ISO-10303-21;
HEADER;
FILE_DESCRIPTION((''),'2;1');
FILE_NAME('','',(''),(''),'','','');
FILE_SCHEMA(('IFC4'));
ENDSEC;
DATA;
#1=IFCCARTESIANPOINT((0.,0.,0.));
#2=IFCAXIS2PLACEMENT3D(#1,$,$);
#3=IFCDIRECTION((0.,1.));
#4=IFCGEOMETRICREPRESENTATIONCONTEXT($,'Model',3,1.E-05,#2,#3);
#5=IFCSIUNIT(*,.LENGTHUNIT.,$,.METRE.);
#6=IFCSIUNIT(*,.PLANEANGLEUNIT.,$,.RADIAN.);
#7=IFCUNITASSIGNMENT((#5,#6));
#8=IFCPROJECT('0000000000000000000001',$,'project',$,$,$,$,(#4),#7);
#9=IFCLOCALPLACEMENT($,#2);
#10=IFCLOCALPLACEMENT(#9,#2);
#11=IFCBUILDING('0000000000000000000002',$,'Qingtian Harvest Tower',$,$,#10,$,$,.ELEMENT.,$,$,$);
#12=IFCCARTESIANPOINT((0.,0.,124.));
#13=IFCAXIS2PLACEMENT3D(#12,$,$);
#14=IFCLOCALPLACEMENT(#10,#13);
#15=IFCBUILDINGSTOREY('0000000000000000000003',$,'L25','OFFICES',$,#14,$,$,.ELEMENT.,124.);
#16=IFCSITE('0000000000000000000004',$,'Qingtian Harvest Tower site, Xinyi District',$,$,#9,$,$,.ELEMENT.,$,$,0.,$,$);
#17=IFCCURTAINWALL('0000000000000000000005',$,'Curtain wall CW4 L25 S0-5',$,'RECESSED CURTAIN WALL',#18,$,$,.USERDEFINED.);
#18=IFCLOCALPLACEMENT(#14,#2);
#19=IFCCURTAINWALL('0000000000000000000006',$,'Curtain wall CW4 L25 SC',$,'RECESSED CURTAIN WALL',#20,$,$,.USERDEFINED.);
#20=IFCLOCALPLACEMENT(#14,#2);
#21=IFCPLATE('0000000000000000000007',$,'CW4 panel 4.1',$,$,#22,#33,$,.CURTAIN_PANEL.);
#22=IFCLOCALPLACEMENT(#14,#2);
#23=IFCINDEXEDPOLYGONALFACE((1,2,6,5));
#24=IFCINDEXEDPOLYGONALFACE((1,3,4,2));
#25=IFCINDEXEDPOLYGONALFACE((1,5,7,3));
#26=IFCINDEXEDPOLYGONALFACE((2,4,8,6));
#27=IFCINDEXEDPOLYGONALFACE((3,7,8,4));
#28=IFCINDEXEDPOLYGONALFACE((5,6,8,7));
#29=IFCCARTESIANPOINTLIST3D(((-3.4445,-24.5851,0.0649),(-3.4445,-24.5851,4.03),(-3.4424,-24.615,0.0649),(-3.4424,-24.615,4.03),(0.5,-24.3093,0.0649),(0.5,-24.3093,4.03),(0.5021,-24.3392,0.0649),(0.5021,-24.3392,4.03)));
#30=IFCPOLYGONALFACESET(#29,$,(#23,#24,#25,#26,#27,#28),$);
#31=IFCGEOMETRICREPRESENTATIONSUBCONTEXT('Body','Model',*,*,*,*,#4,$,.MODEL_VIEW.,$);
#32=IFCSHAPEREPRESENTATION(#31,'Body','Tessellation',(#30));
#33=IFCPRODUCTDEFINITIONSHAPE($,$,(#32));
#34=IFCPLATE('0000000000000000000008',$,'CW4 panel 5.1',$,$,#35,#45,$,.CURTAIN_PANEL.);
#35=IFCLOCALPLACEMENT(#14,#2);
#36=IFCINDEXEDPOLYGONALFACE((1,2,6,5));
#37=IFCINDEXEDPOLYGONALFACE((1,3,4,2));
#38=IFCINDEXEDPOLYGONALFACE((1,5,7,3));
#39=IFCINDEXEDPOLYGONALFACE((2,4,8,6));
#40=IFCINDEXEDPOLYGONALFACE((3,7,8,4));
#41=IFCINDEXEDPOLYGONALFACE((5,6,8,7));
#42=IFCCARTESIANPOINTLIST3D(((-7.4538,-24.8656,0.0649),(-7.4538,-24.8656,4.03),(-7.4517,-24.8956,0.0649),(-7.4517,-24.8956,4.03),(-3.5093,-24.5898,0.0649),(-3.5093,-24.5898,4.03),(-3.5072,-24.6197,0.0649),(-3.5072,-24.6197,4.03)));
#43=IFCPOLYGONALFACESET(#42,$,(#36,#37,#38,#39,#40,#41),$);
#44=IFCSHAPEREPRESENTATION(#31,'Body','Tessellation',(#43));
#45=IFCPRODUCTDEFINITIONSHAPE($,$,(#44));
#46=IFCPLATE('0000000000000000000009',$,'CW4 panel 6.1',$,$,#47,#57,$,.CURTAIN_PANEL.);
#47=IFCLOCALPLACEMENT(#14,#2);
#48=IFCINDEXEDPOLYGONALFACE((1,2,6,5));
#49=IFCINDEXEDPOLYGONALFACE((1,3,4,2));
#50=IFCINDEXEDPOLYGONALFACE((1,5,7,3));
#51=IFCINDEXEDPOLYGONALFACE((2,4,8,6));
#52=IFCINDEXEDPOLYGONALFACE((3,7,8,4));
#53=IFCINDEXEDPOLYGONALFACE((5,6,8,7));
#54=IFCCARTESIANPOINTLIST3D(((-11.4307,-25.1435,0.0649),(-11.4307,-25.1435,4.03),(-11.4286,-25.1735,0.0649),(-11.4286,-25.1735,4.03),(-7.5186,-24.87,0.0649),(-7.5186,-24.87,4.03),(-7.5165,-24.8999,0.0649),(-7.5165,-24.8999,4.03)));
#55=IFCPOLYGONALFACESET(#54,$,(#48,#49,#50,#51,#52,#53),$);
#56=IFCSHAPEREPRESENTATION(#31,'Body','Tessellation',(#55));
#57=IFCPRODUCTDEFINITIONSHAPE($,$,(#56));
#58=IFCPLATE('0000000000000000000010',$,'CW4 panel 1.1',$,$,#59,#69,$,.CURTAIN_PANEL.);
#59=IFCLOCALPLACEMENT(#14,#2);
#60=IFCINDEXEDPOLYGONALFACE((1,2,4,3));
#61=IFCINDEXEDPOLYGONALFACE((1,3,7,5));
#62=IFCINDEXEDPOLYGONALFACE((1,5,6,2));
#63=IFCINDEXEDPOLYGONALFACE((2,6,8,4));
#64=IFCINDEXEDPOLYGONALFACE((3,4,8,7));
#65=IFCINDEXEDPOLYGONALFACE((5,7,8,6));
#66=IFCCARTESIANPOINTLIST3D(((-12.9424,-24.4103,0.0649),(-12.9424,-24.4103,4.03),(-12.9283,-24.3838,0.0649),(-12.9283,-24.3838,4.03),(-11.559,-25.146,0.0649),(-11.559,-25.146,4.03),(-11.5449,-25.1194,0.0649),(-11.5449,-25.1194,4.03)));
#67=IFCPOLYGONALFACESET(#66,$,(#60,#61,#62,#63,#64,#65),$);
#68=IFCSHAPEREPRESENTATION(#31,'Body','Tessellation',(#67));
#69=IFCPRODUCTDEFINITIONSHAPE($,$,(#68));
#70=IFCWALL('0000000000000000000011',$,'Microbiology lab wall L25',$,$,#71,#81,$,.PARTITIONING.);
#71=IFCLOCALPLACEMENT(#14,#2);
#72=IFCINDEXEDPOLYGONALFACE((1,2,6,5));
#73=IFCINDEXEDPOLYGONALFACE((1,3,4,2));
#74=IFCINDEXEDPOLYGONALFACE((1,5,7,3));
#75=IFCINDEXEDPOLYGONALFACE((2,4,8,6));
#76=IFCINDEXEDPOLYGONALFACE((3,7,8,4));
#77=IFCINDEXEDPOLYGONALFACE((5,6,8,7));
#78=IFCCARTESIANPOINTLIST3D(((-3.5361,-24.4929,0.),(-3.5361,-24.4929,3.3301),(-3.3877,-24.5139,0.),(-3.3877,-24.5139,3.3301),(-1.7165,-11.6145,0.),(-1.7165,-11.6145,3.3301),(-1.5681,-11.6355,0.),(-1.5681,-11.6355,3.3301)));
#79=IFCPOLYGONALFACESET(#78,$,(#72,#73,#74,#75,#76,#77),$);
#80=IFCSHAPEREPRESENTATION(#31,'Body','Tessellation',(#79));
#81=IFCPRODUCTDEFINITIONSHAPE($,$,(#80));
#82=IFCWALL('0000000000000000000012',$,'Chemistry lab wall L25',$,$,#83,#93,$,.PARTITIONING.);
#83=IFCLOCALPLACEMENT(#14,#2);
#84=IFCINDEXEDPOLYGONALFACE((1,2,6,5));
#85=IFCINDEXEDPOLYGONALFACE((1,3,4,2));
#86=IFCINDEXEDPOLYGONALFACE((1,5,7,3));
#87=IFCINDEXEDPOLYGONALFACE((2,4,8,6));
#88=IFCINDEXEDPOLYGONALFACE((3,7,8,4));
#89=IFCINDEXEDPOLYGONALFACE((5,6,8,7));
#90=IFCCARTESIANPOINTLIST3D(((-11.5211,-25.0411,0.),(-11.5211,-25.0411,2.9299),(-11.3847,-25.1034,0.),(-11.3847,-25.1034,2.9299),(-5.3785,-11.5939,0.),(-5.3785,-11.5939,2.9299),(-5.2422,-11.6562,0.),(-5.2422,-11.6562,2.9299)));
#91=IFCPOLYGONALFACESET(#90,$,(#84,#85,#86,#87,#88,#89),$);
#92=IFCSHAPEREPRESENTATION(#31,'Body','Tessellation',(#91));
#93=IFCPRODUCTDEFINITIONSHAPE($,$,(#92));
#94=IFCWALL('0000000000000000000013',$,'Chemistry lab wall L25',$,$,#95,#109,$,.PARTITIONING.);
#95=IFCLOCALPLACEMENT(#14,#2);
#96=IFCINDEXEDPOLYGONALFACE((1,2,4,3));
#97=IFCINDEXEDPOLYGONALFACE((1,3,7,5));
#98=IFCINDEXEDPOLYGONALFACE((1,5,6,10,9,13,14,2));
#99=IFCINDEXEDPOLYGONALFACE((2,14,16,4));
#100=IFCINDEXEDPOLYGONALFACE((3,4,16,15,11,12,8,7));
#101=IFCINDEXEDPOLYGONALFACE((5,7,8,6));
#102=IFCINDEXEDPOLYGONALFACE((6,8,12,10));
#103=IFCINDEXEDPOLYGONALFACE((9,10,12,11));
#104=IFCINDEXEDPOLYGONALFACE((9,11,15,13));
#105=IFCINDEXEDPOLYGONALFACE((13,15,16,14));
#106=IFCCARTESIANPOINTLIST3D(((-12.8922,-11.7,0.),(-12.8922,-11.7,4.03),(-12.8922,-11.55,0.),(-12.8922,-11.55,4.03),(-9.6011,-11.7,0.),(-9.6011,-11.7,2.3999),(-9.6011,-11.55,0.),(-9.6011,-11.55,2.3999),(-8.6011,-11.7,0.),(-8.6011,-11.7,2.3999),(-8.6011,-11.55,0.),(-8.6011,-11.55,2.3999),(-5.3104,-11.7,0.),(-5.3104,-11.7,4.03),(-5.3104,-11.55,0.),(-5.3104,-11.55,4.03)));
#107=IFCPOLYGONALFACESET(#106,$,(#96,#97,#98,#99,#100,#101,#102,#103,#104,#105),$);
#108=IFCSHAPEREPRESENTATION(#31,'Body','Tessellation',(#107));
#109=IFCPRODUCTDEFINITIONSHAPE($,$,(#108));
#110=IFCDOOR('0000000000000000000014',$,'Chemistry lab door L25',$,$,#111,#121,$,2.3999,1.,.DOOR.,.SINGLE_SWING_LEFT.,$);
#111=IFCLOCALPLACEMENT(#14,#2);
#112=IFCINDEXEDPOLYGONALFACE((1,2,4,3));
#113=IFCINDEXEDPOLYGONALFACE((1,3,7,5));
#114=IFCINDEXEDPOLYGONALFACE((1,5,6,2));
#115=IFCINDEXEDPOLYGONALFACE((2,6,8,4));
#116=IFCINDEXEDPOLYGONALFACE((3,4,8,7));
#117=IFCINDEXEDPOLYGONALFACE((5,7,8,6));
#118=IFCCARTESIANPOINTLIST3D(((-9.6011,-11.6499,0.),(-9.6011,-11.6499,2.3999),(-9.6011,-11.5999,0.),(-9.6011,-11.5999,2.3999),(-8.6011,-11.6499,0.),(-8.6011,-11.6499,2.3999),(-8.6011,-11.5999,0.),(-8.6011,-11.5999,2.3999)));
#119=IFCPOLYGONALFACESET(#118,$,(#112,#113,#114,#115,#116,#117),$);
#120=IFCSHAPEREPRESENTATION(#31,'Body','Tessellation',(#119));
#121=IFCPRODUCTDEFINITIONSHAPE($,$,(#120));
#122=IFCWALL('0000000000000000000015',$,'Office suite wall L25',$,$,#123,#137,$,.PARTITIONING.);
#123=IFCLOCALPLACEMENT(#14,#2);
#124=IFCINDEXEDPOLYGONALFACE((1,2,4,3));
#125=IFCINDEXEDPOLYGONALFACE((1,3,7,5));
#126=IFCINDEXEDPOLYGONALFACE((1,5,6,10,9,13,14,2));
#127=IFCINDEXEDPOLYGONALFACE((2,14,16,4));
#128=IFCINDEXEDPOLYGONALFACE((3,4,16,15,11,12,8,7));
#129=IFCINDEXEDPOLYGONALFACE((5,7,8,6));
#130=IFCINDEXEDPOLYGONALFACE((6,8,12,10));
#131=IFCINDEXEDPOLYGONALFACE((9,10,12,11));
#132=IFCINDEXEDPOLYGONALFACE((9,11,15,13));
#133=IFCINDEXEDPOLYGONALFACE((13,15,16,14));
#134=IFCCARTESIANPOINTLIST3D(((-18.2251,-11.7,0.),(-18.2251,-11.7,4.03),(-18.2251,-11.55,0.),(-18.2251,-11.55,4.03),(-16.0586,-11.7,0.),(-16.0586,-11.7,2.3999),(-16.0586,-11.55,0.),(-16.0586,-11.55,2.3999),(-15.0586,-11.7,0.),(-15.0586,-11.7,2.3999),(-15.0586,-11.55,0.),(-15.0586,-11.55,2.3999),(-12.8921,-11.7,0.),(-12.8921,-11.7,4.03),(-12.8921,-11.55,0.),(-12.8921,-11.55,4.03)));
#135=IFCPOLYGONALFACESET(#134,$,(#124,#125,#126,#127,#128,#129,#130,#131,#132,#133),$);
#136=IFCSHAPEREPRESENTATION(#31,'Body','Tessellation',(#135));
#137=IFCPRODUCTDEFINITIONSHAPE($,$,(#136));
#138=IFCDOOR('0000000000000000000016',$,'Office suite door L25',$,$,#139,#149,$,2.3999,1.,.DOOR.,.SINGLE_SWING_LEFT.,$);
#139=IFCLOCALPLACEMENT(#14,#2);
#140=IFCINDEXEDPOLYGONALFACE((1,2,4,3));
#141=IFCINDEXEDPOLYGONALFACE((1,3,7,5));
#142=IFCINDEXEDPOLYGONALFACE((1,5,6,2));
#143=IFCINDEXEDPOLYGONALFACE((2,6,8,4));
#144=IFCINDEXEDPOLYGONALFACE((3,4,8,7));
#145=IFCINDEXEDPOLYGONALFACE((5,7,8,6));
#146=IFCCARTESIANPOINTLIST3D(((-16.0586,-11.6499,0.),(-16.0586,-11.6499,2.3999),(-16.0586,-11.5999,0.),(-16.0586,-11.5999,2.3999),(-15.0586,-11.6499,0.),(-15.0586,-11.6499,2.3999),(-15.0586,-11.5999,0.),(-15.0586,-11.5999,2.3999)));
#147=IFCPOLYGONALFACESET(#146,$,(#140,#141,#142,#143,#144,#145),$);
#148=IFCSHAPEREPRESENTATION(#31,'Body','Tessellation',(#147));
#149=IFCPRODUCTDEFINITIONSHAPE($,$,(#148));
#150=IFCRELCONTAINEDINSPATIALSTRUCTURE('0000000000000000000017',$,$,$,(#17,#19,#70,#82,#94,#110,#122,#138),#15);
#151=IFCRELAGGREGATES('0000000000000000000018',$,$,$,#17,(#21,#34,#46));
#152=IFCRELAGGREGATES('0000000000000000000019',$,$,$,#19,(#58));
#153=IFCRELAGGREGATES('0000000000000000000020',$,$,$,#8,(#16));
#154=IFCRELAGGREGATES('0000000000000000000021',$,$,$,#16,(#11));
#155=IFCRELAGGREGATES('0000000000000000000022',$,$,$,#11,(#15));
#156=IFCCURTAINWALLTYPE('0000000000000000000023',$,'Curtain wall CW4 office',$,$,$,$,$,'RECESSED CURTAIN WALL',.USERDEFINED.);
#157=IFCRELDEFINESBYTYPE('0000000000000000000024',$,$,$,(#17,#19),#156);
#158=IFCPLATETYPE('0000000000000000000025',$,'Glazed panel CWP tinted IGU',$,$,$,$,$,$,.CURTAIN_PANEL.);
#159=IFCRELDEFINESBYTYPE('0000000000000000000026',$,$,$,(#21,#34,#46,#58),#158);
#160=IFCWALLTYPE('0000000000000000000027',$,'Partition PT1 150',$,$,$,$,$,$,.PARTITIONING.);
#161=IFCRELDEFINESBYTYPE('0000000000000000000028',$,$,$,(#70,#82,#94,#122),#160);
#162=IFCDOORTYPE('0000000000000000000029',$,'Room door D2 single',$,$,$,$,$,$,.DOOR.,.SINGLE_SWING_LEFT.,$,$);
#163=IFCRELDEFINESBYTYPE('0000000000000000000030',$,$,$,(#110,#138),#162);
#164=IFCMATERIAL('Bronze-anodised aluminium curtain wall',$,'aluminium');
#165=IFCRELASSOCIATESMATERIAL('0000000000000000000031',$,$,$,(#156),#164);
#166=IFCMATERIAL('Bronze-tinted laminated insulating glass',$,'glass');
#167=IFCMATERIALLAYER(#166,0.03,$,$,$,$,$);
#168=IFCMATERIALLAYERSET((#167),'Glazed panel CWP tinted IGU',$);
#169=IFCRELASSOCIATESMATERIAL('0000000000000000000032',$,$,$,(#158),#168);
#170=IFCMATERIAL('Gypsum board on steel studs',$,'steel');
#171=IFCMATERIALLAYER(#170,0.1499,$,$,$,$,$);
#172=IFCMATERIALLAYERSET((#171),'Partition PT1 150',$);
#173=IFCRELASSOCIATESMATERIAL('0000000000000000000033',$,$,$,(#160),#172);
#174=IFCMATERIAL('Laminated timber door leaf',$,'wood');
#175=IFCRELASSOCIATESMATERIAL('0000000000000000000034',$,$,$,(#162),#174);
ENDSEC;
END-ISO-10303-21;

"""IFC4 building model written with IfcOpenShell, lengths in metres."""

from ifc_helpers import new_model, si_unit, direction, frame, frame_2d, origin, origin_2d, place, context, subcontext, project, spatial, rectangle, extrude, material, layer, layer_set, type_object, element, fill, aggregate, save


model = new_model("IFC4")

# Units and contexts
model_context = context("Model", 3, precision=1e-05, world=origin(), true_north=direction((0.0, 1.0)))
body_context = subcontext(model_context, "Body", "Model", "MODEL_VIEW")
ifc_project = project(units=[si_unit("LENGTHUNIT", "METRE"), si_unit("PLANEANGLEUNIT", "RADIAN")], contexts=[model_context])

# Site, building, storey
site_placement = place(None, origin())
site = spatial("IfcSite", under=ifc_project, at=site_placement, Name="Qingtian Harvest Tower site, Xinyi District", CompositionType="ELEMENT", RefElevation=0.0)
building_placement = place(site_placement, origin())
building = spatial("IfcBuilding", under=site, at=building_placement, Name="Qingtian Harvest Tower", CompositionType="ELEMENT")
storey_placement = place(building_placement, frame((0.0, 0.0, 124.0)))
storey = spatial("IfcBuildingStorey", under=building, at=storey_placement, Name="L25", Description="OFFICES", CompositionType="ELEMENT", Elevation=124.0)

# Curtain walls
ifc_material_1 = material(Name="Bronze-anodised aluminium curtain wall", Category="aluminium")
curtain_wall_type = type_object("IfcCurtainWallType", Name="Curtain wall CW4 office", ElementType="RECESSED CURTAIN WALL", PredefinedType="USERDEFINED", material=ifc_material_1)
curtain_wall_1_placement = place(storey_placement, origin())
curtain_wall_1 = element("IfcCurtainWall", 1, at=curtain_wall_1_placement, inside=storey, type_object=curtain_wall_type, Name="Curtain wall CW4 L25 S0-5", ObjectType="RECESSED CURTAIN WALL", PredefinedType="USERDEFINED")
curtain_wall_2_placement = place(storey_placement, origin())
curtain_wall_2 = element("IfcCurtainWall", 2, at=curtain_wall_2_placement, inside=storey, type_object=curtain_wall_type, Name="Curtain wall CW4 L25 SC", ObjectType="RECESSED CURTAIN WALL", PredefinedType="USERDEFINED")

# Plates
ifc_material_2 = material(Name="Bronze-tinted laminated insulating glass", Category="glass")
ifc_layer_1 = layer(ifc_material_2, 0.03)
ifc_layer_set_1 = layer_set([ifc_layer_1], Name="Glazed panel CWP tinted IGU")
plate_type = type_object("IfcPlateType", Name="Glazed panel CWP tinted IGU", PredefinedType="CURTAIN_PANEL", material=ifc_layer_set_1)
plate_1_placement = place(storey_placement, frame((-1.4712, -24.4622, 0.0649), z_axis=(0.0, 0.0, 1.0), x_axis=(-0.997564, -0.069756, 0.0)))
plate_1 = element("IfcPlate", 3, at=plate_1_placement, type_object=plate_type, Name="CW4 panel 4.1", PredefinedType="CURTAIN_PANEL", context=body_context, shape_type="SweptSolid", body=[
    extrude(rectangle(XDim=3.9541, YDim=0.03, at=origin_2d()), origin(), (0.0, 0.0, 1.0), 3.9651),
])
plate_2_placement = place(storey_placement, frame((-5.4805, -24.7427, 0.0649), z_axis=(0.0, 0.0, 1.0), x_axis=(-0.997564, -0.069756, 0.0)))
plate_2 = element("IfcPlate", 4, at=plate_2_placement, type_object=plate_type, Name="CW4 panel 5.1", PredefinedType="CURTAIN_PANEL", context=body_context, shape_type="SweptSolid", body=[
    extrude(rectangle(XDim=3.9541, YDim=0.03, at=origin_2d()), origin(), (0.0, 0.0, 1.0), 3.9651),
])
plate_3_placement = place(storey_placement, frame((-9.4736, -25.0217, 0.0649), z_axis=(0.0, 0.0, 1.0), x_axis=(-0.997564, -0.069756, 0.0)))
plate_3 = element("IfcPlate", 5, at=plate_3_placement, type_object=plate_type, Name="CW4 panel 6.1", PredefinedType="CURTAIN_PANEL", context=body_context, shape_type="SweptSolid", body=[
    extrude(rectangle(XDim=3.9216, YDim=0.03, at=origin_2d()), origin(), (0.0, 0.0, 1.0), 3.9651),
])
aggregate(curtain_wall_1, [plate_1, plate_2, plate_3])
plate_4_placement = place(storey_placement, frame((-12.2437, -24.7649, 0.0649), z_axis=(0.0, 0.0, 1.0), x_axis=(-0.882948, 0.469472, 0.0)))
plate_4 = element("IfcPlate", 6, at=plate_4_placement, type_object=plate_type, Name="CW4 panel 1.1", PredefinedType="CURTAIN_PANEL", context=body_context, shape_type="SweptSolid", body=[
    extrude(rectangle(XDim=1.5669, YDim=0.03, at=origin_2d()), origin(), (0.0, 0.0, 1.0), 3.9651),
])
aggregate(curtain_wall_2, [plate_4])

# Wall
ifc_material_3 = material(Name="Gypsum board on steel studs", Category="steel")
ifc_layer_2 = layer(ifc_material_3, 0.1499)
ifc_layer_set_2 = layer_set([ifc_layer_2], Name="Partition PT1 150")
wall_type = type_object("IfcWallType", Name="Partition PT1 150", PredefinedType="PARTITIONING", material=ifc_layer_set_2)
wall_1_placement = place(storey_placement, frame((-3.4619, -24.5034, 0.0), z_axis=(0.0, 0.0, 1.0), x_axis=(0.1399, 0.990166, 0.0)))
element("IfcWall", 7, at=wall_1_placement, inside=storey, type_object=wall_type, Name="Microbiology lab wall L25", PredefinedType="PARTITIONING", context=body_context, shape_type="SweptSolid", body=[
    extrude(rectangle(XDim=13.0063, YDim=0.1499, at=frame_2d((6.5032, 0.0))), origin(), (0.0, 0.0, 1.0), 3.3301),
])

# Shared definitions
ifc_material_4 = material(Name="Laminated timber door leaf", Category="wood")
door_type = type_object("IfcDoorType", Name="Room door D2 single", OperationType="SINGLE_SWING_LEFT", PredefinedType="DOOR", material=ifc_material_4)

# Wall
wall_2_placement = place(storey_placement, frame((-11.4529, -25.0723, 0.0), z_axis=(0.0, 0.0, 1.0), x_axis=(0.415494, 0.909596, 0.0)))
element("IfcWall", 8, at=wall_2_placement, inside=storey, type_object=wall_type, Name="Chemistry lab wall L25", PredefinedType="PARTITIONING", context=body_context, shape_type="SweptSolid", body=[
    extrude(rectangle(XDim=14.7837, YDim=0.1499, at=frame_2d((7.3918, 0.0))), origin(), (0.0, 0.0, 1.0), 2.9299),
])

# Walls, openings, doors
wall_3_placement = place(storey_placement, frame((-5.3103, -11.625, 0.0), z_axis=(0.0, 0.0, 1.0), x_axis=(-1.0, 0.0, 0.0)))
wall_3 = element("IfcWall", 9, at=wall_3_placement, inside=storey, type_object=wall_type, Name="Chemistry lab wall L25", PredefinedType="PARTITIONING", context=body_context, shape_type="SweptSolid", body=[
    extrude(rectangle(XDim=7.5818, YDim=0.1499, at=frame_2d((3.791, 0.0))), origin(), (0.0, 0.0, 1.0), 4.03),
])
opening_1_placement = place(wall_3_placement, frame((3.2908, 0.0, 0.0)))
opening_1 = element("IfcOpeningElement", 10, at=opening_1_placement, cuts=wall_3, PredefinedType="OPENING", context=body_context, shape_type="SweptSolid", body=[
    extrude(rectangle(XDim=1.0, YDim=2.3999, at=frame_2d((0.5, 1.2))), frame((0.0, 0.085, 0.0), z_axis=(0.0, -1.0, 0.0), x_axis=(1.0, 0.0, 0.0)), (0.0, 0.0, 1.0), 0.1699),
])
door_1_placement = place(opening_1_placement, origin())
door_1 = element("IfcDoor", 11, at=door_1_placement, inside=storey, type_object=door_type, Name="Chemistry lab door L25", OperationType="SINGLE_SWING_LEFT", OverallHeight=2.3999, OverallWidth=1.0, PredefinedType="DOOR", context=body_context, shape_type="SweptSolid", body=[
    extrude(rectangle(XDim=1.0, YDim=2.3999, at=frame_2d((0.5, 1.2))), frame((0.0, 0.0249, 0.0), z_axis=(0.0, -1.0, 0.0), x_axis=(1.0, 0.0, 0.0)), (0.0, 0.0, 1.0), 0.05),
])
fill(opening_1, door_1)
wall_4_placement = place(storey_placement, frame((-12.8921, -11.625, 0.0), z_axis=(0.0, 0.0, 1.0), x_axis=(-1.0, 0.0, 0.0)))
wall_4 = element("IfcWall", 12, at=wall_4_placement, inside=storey, type_object=wall_type, Name="Office suite wall L25", PredefinedType="PARTITIONING", context=body_context, shape_type="SweptSolid", body=[
    extrude(rectangle(XDim=5.333, YDim=0.1499, at=frame_2d((2.6665, 0.0))), origin(), (0.0, 0.0, 1.0), 4.03),
])
opening_2_placement = place(wall_4_placement, frame((2.1665, 0.0, 0.0)))
opening_2 = element("IfcOpeningElement", 13, at=opening_2_placement, cuts=wall_4, PredefinedType="OPENING", context=body_context, shape_type="SweptSolid", body=[
    extrude(rectangle(XDim=1.0, YDim=2.3999, at=frame_2d((0.5, 1.2))), frame((0.0, 0.085, 0.0), z_axis=(0.0, -1.0, 0.0), x_axis=(1.0, 0.0, 0.0)), (0.0, 0.0, 1.0), 0.1699),
])
door_2_placement = place(opening_2_placement, origin())
door_2 = element("IfcDoor", 14, at=door_2_placement, inside=storey, type_object=door_type, Name="Office suite door L25", OperationType="SINGLE_SWING_LEFT", OverallHeight=2.3999, OverallWidth=1.0, PredefinedType="DOOR", context=body_context, shape_type="SweptSolid", body=[
    extrude(rectangle(XDim=1.0, YDim=2.3999, at=frame_2d((0.5, 1.2))), frame((0.0, 0.0249, 0.0), z_axis=(0.0, -1.0, 0.0), x_axis=(1.0, 0.0, 0.0)), (0.0, 0.0, 1.0), 0.05),
])
fill(opening_2, door_2)

save(model, "model.ifc")
